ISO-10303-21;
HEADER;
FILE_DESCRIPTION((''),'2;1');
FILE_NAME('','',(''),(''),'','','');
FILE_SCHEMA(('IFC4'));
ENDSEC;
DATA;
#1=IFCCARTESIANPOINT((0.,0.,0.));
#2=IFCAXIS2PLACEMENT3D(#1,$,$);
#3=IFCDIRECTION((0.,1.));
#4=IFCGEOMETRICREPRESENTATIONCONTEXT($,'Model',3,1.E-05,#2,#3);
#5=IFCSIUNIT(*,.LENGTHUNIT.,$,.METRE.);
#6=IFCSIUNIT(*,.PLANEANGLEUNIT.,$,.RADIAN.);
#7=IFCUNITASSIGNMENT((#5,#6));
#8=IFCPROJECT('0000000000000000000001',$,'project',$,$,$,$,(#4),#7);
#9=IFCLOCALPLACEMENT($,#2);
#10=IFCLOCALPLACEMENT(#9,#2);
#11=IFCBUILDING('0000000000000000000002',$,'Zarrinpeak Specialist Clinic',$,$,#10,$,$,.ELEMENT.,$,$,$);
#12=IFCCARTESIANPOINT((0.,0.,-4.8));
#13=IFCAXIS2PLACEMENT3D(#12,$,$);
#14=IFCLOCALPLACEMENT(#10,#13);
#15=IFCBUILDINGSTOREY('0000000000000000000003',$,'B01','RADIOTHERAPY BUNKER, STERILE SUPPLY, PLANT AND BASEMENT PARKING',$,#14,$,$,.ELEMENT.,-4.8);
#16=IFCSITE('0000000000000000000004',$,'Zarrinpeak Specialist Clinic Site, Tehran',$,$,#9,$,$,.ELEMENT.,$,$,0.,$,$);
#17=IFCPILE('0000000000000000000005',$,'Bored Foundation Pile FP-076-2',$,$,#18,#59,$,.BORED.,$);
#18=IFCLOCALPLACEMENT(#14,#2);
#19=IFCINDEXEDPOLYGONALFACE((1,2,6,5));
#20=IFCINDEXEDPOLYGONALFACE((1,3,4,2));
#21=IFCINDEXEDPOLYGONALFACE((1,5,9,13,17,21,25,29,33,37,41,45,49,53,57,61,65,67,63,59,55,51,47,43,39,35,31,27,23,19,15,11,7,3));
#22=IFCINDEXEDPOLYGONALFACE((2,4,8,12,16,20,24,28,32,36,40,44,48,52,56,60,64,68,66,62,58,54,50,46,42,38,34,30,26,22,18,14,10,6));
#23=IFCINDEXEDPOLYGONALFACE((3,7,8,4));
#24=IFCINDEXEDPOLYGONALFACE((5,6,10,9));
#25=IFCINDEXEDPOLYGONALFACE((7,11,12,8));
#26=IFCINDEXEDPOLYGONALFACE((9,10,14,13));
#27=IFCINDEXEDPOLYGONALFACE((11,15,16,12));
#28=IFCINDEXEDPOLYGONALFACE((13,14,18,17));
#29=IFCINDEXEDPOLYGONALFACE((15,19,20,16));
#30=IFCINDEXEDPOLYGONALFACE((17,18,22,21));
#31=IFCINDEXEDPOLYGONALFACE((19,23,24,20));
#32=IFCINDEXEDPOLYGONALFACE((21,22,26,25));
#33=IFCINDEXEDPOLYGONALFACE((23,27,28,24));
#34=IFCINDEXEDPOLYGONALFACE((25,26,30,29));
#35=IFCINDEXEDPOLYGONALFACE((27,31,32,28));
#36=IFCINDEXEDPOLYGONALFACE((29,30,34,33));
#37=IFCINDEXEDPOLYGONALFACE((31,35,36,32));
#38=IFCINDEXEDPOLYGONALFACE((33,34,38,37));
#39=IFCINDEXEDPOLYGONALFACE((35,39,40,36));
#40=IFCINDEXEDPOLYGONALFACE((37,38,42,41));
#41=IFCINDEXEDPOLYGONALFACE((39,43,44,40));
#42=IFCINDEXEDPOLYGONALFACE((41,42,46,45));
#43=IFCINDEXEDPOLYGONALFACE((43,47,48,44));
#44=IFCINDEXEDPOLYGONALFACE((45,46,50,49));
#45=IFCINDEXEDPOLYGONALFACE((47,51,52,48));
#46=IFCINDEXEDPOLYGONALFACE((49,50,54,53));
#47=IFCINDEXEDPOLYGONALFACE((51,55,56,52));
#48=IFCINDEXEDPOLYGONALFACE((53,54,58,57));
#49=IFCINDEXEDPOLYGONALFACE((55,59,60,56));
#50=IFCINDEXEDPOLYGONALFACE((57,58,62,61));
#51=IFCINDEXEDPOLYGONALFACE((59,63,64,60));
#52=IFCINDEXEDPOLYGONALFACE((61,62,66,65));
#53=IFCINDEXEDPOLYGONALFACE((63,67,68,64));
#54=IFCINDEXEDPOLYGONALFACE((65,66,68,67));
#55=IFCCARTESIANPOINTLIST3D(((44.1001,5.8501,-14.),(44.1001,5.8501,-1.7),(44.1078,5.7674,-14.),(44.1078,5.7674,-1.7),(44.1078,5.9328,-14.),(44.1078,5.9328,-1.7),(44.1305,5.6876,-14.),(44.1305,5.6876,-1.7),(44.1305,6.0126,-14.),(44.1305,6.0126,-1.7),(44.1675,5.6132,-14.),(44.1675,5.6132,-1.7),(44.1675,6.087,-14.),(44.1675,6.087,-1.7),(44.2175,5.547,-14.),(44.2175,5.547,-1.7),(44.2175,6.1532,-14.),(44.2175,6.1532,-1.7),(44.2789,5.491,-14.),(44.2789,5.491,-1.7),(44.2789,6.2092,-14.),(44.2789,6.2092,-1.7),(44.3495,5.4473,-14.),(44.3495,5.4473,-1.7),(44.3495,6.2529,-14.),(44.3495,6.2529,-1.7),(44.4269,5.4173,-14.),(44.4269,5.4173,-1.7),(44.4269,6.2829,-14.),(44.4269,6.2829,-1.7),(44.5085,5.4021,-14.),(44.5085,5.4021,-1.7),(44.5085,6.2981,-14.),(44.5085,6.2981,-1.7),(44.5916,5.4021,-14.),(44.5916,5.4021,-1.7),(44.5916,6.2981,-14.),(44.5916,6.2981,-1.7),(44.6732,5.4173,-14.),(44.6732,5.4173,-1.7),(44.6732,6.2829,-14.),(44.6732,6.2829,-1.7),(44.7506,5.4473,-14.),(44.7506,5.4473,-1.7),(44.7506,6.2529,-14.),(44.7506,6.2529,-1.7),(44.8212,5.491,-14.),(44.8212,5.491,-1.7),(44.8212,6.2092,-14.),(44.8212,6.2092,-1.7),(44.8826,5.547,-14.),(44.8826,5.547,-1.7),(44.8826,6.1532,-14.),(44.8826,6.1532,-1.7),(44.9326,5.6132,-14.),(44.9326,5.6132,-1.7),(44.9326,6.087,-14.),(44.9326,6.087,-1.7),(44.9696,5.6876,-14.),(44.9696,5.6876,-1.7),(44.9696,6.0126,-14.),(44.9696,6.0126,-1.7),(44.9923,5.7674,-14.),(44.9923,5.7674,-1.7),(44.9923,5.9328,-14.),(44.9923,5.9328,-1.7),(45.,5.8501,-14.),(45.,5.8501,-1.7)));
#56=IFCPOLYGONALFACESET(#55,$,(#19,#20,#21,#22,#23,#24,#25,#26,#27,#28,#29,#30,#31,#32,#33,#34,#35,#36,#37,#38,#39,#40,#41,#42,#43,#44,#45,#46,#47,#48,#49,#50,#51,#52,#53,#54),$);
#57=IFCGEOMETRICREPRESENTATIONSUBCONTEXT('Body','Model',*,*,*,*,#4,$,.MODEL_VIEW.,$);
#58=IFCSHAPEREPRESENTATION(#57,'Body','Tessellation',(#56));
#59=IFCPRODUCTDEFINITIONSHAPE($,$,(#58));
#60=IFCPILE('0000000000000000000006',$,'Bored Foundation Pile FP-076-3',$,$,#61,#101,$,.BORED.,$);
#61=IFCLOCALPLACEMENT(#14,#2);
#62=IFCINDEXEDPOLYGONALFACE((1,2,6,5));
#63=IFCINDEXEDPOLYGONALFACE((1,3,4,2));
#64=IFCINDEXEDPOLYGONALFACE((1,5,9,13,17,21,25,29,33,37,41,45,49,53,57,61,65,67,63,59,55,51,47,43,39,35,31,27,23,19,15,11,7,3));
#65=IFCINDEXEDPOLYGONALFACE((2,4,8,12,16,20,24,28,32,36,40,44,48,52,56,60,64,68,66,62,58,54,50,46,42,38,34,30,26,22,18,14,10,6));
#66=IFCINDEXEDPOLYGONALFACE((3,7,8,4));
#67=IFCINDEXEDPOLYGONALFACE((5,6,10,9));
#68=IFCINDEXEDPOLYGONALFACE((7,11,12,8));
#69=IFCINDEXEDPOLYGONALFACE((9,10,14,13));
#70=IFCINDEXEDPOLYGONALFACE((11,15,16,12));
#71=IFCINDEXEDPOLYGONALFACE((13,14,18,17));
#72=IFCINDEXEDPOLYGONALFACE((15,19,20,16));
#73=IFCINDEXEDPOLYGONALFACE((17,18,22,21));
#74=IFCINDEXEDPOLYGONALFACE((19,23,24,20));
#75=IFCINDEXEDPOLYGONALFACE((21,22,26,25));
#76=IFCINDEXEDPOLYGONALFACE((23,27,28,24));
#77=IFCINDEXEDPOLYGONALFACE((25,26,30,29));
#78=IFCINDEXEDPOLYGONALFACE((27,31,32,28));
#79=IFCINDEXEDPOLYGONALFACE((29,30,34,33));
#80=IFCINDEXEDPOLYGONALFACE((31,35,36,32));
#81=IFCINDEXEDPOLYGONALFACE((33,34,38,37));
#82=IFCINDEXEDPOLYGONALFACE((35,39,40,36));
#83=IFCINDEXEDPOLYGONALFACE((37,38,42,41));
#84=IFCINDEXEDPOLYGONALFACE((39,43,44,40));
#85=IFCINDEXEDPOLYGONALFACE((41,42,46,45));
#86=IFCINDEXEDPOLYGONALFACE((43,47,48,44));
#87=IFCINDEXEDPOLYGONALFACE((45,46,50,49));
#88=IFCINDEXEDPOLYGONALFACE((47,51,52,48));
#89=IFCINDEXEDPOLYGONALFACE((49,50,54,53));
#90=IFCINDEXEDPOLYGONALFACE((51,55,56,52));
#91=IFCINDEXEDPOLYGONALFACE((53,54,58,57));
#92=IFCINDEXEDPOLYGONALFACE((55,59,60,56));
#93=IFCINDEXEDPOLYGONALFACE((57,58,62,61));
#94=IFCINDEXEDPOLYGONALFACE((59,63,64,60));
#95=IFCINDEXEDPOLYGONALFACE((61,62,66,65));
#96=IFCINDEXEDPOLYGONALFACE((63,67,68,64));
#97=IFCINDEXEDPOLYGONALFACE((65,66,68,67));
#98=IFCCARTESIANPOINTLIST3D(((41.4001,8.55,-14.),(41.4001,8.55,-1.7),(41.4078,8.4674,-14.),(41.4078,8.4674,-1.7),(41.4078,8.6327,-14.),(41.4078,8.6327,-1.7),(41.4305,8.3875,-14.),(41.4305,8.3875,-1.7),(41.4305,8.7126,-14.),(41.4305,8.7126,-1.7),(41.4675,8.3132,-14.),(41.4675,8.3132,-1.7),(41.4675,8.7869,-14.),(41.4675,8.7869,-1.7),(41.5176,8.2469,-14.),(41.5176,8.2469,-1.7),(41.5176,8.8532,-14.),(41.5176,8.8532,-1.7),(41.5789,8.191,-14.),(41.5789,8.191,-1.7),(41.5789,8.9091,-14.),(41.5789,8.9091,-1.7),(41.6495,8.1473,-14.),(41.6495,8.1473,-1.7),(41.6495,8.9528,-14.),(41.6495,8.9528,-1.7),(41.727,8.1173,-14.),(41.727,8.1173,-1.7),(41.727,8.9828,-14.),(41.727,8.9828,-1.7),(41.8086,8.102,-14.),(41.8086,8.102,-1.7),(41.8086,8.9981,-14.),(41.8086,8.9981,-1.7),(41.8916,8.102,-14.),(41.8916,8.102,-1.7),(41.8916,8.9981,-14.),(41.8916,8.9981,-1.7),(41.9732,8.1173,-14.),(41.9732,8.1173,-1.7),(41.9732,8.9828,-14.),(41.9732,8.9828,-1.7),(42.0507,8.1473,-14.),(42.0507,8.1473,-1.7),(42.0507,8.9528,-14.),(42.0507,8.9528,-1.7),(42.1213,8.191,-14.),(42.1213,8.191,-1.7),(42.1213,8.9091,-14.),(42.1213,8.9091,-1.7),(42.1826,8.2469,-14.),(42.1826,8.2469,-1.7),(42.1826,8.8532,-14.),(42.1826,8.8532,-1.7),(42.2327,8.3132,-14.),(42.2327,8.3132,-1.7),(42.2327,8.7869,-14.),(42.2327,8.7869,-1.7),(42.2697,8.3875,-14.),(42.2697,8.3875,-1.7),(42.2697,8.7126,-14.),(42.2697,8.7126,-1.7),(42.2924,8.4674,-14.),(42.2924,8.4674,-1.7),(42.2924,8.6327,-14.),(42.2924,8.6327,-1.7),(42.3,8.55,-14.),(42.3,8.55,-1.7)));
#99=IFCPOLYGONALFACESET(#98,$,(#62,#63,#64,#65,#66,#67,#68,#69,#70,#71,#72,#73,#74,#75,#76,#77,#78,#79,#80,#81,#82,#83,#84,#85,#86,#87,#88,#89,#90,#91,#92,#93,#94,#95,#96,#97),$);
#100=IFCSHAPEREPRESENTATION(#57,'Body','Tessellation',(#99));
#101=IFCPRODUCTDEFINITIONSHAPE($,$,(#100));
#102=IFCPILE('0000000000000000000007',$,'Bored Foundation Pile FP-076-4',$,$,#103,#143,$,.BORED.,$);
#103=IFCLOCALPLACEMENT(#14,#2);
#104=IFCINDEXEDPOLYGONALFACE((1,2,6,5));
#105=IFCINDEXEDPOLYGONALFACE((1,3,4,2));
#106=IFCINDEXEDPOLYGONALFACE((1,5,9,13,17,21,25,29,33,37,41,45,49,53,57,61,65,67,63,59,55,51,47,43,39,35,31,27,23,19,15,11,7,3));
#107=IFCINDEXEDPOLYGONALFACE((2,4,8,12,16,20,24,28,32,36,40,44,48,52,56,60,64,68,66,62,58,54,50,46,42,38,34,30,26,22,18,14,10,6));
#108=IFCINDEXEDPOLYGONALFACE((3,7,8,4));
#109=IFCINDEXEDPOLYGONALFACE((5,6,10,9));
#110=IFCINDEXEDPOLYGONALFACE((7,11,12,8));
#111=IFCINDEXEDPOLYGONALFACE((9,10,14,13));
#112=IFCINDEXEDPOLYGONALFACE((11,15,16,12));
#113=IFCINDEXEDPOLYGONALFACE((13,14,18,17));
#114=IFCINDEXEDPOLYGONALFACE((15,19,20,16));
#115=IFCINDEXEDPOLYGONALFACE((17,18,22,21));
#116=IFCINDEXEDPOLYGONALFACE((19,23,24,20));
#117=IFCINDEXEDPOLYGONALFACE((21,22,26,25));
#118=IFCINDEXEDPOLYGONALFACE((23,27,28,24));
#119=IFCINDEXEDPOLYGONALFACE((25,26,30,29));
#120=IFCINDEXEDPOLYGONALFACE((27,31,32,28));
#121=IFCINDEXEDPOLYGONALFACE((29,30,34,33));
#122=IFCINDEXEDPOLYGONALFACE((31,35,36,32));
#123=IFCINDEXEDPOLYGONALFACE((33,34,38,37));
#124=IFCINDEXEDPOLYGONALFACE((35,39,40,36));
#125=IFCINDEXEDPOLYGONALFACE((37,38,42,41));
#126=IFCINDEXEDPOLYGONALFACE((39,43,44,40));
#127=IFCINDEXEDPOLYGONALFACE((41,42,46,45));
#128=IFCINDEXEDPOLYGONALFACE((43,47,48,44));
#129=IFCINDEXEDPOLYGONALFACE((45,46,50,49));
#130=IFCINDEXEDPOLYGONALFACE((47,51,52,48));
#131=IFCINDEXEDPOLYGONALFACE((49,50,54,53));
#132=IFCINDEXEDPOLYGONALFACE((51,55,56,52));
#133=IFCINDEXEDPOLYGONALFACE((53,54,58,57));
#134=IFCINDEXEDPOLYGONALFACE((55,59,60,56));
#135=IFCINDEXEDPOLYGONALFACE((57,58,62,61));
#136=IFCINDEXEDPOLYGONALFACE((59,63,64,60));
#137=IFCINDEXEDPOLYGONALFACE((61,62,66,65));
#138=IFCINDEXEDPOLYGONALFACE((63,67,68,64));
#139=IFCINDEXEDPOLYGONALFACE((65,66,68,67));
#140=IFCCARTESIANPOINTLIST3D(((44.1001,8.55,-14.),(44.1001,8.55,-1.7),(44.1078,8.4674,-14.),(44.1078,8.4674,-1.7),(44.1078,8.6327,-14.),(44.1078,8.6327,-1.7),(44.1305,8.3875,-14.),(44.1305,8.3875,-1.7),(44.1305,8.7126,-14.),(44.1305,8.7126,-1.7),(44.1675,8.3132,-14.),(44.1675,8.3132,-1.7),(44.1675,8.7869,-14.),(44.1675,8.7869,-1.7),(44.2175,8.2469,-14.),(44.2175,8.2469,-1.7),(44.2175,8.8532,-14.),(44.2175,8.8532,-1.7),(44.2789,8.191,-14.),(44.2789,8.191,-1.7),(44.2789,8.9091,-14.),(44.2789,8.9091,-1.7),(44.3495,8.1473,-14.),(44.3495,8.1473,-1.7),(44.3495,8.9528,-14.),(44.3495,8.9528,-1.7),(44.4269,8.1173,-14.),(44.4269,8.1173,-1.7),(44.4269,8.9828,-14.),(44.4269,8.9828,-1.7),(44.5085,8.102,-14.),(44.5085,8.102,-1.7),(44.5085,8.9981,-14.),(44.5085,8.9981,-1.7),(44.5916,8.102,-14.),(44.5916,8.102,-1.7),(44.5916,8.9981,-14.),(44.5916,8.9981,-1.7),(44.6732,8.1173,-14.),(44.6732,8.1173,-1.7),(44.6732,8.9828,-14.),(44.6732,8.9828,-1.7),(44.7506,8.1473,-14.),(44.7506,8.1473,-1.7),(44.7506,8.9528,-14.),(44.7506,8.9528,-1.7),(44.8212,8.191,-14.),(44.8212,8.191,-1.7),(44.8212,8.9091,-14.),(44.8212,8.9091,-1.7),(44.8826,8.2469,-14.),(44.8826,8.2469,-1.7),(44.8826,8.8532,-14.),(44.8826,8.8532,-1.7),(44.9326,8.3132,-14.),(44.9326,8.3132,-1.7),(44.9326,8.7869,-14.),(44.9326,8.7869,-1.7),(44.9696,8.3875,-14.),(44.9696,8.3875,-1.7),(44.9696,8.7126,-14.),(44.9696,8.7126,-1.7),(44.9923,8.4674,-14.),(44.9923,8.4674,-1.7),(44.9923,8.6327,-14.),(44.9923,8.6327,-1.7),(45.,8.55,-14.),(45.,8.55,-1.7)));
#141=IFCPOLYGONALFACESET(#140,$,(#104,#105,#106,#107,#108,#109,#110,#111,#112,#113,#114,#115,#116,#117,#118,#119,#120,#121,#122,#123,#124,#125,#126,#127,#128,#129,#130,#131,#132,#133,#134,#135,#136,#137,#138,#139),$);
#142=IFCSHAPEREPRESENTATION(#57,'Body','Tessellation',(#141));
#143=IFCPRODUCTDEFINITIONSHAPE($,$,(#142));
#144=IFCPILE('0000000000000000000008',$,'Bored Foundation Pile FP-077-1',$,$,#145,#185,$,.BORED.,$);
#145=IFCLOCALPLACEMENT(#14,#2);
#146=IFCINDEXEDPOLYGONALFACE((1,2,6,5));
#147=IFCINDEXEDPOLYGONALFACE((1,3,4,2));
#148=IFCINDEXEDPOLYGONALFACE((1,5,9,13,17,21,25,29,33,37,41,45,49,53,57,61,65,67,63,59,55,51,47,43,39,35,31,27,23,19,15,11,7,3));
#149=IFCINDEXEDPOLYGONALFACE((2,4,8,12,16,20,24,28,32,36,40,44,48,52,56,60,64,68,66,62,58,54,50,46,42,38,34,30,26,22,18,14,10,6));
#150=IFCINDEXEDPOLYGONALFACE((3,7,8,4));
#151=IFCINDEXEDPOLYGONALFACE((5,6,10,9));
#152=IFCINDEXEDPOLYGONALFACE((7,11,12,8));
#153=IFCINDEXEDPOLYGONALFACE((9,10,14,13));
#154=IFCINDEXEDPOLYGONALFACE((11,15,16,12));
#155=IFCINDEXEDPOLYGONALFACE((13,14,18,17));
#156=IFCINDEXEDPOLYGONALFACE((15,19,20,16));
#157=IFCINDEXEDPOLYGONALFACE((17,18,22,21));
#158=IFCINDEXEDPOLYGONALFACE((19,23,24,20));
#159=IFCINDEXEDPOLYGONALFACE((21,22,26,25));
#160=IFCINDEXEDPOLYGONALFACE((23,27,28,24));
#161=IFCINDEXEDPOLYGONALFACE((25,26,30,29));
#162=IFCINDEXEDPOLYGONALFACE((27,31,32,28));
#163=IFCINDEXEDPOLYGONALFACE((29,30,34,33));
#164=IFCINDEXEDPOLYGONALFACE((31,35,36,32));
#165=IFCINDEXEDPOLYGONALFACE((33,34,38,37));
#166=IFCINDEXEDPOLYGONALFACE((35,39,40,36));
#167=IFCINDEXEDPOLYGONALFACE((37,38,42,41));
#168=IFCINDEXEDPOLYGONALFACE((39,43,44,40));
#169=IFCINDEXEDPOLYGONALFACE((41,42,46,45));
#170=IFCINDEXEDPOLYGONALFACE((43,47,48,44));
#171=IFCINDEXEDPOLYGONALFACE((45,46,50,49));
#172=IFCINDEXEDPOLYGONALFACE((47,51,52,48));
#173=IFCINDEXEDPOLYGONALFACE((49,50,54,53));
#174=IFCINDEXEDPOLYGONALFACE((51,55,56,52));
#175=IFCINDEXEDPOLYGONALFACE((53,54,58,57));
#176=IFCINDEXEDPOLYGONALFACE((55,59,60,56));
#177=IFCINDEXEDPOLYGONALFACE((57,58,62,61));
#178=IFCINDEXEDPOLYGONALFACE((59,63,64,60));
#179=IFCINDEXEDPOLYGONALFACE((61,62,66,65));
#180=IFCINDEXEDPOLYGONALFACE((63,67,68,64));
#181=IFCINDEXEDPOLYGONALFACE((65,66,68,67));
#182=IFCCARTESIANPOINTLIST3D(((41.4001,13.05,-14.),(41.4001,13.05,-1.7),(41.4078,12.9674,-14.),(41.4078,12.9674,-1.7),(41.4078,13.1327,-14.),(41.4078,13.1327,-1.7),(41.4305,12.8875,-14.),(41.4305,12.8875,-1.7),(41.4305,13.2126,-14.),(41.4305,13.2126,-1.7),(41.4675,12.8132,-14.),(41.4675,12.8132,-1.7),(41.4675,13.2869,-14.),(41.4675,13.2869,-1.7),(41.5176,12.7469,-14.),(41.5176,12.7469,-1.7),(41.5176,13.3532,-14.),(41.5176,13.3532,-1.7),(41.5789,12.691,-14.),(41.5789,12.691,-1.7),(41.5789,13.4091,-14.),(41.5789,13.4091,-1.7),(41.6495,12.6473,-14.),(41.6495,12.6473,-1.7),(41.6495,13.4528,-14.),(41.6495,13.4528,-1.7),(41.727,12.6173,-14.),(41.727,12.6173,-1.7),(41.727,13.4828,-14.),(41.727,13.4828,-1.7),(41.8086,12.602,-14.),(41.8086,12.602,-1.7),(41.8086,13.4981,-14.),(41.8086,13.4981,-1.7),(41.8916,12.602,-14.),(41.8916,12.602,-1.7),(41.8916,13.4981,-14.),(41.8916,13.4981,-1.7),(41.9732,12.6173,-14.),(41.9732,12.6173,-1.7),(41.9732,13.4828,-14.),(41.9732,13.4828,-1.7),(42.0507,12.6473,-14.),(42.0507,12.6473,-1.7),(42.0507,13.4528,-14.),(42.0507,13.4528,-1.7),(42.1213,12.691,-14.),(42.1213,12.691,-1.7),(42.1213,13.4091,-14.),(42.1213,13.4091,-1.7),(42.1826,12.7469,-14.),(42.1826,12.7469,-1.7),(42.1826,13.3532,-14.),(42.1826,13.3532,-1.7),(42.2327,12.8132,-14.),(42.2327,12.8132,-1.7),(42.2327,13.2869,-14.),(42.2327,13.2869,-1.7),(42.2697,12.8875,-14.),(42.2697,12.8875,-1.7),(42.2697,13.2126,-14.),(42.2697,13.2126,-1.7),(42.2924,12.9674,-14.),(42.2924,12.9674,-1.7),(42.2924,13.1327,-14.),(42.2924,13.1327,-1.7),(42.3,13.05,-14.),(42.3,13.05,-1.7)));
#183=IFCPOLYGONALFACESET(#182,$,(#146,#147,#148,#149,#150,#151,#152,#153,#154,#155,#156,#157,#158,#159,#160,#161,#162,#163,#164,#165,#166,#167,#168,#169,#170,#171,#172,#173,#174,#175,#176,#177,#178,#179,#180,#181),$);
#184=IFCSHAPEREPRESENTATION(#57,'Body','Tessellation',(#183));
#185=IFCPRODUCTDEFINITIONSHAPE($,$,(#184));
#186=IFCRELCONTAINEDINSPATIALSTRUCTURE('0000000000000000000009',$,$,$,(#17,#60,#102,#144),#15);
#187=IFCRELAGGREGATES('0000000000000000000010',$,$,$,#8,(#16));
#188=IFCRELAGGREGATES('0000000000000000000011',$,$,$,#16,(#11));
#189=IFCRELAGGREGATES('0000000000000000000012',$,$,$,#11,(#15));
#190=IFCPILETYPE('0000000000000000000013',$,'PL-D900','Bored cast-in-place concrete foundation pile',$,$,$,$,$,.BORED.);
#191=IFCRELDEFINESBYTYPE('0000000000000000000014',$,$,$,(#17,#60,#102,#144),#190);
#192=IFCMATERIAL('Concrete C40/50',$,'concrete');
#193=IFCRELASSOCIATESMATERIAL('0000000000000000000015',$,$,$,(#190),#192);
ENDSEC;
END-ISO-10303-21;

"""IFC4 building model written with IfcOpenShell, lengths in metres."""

from ifc_helpers import new_model, si_unit, direction, frame, origin, origin_2d, place, context, subcontext, project, spatial, circle, extrude, material, material_profile, profile_set, type_object, element, save


model = new_model("IFC4")

# Units and contexts
model_context = context("Model", 3, precision=1e-05, world=origin(), true_north=direction((0.0, 1.0)))
body_context = subcontext(model_context, "Body", "Model", "MODEL_VIEW")
ifc_project = project(units=[si_unit("LENGTHUNIT", "METRE"), si_unit("PLANEANGLEUNIT", "RADIAN")], contexts=[model_context])

# Site, building, storey
site_placement = place(None, origin())
site = spatial("IfcSite", under=ifc_project, at=site_placement, Name="Zarrinpeak Specialist Clinic Site, Tehran", CompositionType="ELEMENT", RefElevation=0.0)
building_placement = place(site_placement, origin())
building = spatial("IfcBuilding", under=site, at=building_placement, Name="Zarrinpeak Specialist Clinic", CompositionType="ELEMENT")
storey_placement = place(building_placement, frame((0.0, 0.0, -4.8)))
storey = spatial("IfcBuildingStorey", under=building, at=storey_placement, Name="B01", Description="RADIOTHERAPY BUNKER, STERILE SUPPLY, PLANT AND BASEMENT PARKING", CompositionType="ELEMENT", Elevation=-4.8)

# Shared definitions
ifc_material_1 = material(Name="Concrete C40/50", Category="concrete")

# Piles
ifc_material_profile_1 = material_profile(ifc_material_1, circle(Radius=0.45, at=origin_2d()), Name="BORED PILE D900")
ifc_profile_set_1 = profile_set([ifc_material_profile_1], Name="Concrete C40/50")
pile_type = type_object("IfcPileType", Name="PL-D900", Description="Bored cast-in-place concrete foundation pile", PredefinedType="BORED", material=ifc_profile_set_1)
for number, where, z_axis, x_axis, name in (
    (1, (44.55, 5.8501, -1.7), (0.0, 0.0, -1.0), (1.0, 0.0, 0.0), "Bored Foundation Pile FP-076-2"),
    (2, (41.8501, 8.55, -1.7), (0.0, 0.0, -1.0), (1.0, 0.0, 0.0), "Bored Foundation Pile FP-076-3"),
    (3, (44.55, 8.55, -1.7), (0.0, 0.0, -1.0), (1.0, 0.0, 0.0), "Bored Foundation Pile FP-076-4"),
    (4, (41.8501, 13.05, -1.7), (0.0, 0.0, -1.0), (1.0, 0.0, 0.0), "Bored Foundation Pile FP-077-1"),
):
    element("IfcPile", number, at=place(storey_placement, frame(where, z_axis=z_axis, x_axis=x_axis)), inside=storey, type_object=pile_type, Name=name, PredefinedType="BORED", context=body_context, shape_type="SweptSolid", body=[
        extrude(circle(Radius=0.45, at=origin_2d()), origin(), (0.0, 0.0, 1.0), 12.3),
    ])

save(model, "model.ifc")
